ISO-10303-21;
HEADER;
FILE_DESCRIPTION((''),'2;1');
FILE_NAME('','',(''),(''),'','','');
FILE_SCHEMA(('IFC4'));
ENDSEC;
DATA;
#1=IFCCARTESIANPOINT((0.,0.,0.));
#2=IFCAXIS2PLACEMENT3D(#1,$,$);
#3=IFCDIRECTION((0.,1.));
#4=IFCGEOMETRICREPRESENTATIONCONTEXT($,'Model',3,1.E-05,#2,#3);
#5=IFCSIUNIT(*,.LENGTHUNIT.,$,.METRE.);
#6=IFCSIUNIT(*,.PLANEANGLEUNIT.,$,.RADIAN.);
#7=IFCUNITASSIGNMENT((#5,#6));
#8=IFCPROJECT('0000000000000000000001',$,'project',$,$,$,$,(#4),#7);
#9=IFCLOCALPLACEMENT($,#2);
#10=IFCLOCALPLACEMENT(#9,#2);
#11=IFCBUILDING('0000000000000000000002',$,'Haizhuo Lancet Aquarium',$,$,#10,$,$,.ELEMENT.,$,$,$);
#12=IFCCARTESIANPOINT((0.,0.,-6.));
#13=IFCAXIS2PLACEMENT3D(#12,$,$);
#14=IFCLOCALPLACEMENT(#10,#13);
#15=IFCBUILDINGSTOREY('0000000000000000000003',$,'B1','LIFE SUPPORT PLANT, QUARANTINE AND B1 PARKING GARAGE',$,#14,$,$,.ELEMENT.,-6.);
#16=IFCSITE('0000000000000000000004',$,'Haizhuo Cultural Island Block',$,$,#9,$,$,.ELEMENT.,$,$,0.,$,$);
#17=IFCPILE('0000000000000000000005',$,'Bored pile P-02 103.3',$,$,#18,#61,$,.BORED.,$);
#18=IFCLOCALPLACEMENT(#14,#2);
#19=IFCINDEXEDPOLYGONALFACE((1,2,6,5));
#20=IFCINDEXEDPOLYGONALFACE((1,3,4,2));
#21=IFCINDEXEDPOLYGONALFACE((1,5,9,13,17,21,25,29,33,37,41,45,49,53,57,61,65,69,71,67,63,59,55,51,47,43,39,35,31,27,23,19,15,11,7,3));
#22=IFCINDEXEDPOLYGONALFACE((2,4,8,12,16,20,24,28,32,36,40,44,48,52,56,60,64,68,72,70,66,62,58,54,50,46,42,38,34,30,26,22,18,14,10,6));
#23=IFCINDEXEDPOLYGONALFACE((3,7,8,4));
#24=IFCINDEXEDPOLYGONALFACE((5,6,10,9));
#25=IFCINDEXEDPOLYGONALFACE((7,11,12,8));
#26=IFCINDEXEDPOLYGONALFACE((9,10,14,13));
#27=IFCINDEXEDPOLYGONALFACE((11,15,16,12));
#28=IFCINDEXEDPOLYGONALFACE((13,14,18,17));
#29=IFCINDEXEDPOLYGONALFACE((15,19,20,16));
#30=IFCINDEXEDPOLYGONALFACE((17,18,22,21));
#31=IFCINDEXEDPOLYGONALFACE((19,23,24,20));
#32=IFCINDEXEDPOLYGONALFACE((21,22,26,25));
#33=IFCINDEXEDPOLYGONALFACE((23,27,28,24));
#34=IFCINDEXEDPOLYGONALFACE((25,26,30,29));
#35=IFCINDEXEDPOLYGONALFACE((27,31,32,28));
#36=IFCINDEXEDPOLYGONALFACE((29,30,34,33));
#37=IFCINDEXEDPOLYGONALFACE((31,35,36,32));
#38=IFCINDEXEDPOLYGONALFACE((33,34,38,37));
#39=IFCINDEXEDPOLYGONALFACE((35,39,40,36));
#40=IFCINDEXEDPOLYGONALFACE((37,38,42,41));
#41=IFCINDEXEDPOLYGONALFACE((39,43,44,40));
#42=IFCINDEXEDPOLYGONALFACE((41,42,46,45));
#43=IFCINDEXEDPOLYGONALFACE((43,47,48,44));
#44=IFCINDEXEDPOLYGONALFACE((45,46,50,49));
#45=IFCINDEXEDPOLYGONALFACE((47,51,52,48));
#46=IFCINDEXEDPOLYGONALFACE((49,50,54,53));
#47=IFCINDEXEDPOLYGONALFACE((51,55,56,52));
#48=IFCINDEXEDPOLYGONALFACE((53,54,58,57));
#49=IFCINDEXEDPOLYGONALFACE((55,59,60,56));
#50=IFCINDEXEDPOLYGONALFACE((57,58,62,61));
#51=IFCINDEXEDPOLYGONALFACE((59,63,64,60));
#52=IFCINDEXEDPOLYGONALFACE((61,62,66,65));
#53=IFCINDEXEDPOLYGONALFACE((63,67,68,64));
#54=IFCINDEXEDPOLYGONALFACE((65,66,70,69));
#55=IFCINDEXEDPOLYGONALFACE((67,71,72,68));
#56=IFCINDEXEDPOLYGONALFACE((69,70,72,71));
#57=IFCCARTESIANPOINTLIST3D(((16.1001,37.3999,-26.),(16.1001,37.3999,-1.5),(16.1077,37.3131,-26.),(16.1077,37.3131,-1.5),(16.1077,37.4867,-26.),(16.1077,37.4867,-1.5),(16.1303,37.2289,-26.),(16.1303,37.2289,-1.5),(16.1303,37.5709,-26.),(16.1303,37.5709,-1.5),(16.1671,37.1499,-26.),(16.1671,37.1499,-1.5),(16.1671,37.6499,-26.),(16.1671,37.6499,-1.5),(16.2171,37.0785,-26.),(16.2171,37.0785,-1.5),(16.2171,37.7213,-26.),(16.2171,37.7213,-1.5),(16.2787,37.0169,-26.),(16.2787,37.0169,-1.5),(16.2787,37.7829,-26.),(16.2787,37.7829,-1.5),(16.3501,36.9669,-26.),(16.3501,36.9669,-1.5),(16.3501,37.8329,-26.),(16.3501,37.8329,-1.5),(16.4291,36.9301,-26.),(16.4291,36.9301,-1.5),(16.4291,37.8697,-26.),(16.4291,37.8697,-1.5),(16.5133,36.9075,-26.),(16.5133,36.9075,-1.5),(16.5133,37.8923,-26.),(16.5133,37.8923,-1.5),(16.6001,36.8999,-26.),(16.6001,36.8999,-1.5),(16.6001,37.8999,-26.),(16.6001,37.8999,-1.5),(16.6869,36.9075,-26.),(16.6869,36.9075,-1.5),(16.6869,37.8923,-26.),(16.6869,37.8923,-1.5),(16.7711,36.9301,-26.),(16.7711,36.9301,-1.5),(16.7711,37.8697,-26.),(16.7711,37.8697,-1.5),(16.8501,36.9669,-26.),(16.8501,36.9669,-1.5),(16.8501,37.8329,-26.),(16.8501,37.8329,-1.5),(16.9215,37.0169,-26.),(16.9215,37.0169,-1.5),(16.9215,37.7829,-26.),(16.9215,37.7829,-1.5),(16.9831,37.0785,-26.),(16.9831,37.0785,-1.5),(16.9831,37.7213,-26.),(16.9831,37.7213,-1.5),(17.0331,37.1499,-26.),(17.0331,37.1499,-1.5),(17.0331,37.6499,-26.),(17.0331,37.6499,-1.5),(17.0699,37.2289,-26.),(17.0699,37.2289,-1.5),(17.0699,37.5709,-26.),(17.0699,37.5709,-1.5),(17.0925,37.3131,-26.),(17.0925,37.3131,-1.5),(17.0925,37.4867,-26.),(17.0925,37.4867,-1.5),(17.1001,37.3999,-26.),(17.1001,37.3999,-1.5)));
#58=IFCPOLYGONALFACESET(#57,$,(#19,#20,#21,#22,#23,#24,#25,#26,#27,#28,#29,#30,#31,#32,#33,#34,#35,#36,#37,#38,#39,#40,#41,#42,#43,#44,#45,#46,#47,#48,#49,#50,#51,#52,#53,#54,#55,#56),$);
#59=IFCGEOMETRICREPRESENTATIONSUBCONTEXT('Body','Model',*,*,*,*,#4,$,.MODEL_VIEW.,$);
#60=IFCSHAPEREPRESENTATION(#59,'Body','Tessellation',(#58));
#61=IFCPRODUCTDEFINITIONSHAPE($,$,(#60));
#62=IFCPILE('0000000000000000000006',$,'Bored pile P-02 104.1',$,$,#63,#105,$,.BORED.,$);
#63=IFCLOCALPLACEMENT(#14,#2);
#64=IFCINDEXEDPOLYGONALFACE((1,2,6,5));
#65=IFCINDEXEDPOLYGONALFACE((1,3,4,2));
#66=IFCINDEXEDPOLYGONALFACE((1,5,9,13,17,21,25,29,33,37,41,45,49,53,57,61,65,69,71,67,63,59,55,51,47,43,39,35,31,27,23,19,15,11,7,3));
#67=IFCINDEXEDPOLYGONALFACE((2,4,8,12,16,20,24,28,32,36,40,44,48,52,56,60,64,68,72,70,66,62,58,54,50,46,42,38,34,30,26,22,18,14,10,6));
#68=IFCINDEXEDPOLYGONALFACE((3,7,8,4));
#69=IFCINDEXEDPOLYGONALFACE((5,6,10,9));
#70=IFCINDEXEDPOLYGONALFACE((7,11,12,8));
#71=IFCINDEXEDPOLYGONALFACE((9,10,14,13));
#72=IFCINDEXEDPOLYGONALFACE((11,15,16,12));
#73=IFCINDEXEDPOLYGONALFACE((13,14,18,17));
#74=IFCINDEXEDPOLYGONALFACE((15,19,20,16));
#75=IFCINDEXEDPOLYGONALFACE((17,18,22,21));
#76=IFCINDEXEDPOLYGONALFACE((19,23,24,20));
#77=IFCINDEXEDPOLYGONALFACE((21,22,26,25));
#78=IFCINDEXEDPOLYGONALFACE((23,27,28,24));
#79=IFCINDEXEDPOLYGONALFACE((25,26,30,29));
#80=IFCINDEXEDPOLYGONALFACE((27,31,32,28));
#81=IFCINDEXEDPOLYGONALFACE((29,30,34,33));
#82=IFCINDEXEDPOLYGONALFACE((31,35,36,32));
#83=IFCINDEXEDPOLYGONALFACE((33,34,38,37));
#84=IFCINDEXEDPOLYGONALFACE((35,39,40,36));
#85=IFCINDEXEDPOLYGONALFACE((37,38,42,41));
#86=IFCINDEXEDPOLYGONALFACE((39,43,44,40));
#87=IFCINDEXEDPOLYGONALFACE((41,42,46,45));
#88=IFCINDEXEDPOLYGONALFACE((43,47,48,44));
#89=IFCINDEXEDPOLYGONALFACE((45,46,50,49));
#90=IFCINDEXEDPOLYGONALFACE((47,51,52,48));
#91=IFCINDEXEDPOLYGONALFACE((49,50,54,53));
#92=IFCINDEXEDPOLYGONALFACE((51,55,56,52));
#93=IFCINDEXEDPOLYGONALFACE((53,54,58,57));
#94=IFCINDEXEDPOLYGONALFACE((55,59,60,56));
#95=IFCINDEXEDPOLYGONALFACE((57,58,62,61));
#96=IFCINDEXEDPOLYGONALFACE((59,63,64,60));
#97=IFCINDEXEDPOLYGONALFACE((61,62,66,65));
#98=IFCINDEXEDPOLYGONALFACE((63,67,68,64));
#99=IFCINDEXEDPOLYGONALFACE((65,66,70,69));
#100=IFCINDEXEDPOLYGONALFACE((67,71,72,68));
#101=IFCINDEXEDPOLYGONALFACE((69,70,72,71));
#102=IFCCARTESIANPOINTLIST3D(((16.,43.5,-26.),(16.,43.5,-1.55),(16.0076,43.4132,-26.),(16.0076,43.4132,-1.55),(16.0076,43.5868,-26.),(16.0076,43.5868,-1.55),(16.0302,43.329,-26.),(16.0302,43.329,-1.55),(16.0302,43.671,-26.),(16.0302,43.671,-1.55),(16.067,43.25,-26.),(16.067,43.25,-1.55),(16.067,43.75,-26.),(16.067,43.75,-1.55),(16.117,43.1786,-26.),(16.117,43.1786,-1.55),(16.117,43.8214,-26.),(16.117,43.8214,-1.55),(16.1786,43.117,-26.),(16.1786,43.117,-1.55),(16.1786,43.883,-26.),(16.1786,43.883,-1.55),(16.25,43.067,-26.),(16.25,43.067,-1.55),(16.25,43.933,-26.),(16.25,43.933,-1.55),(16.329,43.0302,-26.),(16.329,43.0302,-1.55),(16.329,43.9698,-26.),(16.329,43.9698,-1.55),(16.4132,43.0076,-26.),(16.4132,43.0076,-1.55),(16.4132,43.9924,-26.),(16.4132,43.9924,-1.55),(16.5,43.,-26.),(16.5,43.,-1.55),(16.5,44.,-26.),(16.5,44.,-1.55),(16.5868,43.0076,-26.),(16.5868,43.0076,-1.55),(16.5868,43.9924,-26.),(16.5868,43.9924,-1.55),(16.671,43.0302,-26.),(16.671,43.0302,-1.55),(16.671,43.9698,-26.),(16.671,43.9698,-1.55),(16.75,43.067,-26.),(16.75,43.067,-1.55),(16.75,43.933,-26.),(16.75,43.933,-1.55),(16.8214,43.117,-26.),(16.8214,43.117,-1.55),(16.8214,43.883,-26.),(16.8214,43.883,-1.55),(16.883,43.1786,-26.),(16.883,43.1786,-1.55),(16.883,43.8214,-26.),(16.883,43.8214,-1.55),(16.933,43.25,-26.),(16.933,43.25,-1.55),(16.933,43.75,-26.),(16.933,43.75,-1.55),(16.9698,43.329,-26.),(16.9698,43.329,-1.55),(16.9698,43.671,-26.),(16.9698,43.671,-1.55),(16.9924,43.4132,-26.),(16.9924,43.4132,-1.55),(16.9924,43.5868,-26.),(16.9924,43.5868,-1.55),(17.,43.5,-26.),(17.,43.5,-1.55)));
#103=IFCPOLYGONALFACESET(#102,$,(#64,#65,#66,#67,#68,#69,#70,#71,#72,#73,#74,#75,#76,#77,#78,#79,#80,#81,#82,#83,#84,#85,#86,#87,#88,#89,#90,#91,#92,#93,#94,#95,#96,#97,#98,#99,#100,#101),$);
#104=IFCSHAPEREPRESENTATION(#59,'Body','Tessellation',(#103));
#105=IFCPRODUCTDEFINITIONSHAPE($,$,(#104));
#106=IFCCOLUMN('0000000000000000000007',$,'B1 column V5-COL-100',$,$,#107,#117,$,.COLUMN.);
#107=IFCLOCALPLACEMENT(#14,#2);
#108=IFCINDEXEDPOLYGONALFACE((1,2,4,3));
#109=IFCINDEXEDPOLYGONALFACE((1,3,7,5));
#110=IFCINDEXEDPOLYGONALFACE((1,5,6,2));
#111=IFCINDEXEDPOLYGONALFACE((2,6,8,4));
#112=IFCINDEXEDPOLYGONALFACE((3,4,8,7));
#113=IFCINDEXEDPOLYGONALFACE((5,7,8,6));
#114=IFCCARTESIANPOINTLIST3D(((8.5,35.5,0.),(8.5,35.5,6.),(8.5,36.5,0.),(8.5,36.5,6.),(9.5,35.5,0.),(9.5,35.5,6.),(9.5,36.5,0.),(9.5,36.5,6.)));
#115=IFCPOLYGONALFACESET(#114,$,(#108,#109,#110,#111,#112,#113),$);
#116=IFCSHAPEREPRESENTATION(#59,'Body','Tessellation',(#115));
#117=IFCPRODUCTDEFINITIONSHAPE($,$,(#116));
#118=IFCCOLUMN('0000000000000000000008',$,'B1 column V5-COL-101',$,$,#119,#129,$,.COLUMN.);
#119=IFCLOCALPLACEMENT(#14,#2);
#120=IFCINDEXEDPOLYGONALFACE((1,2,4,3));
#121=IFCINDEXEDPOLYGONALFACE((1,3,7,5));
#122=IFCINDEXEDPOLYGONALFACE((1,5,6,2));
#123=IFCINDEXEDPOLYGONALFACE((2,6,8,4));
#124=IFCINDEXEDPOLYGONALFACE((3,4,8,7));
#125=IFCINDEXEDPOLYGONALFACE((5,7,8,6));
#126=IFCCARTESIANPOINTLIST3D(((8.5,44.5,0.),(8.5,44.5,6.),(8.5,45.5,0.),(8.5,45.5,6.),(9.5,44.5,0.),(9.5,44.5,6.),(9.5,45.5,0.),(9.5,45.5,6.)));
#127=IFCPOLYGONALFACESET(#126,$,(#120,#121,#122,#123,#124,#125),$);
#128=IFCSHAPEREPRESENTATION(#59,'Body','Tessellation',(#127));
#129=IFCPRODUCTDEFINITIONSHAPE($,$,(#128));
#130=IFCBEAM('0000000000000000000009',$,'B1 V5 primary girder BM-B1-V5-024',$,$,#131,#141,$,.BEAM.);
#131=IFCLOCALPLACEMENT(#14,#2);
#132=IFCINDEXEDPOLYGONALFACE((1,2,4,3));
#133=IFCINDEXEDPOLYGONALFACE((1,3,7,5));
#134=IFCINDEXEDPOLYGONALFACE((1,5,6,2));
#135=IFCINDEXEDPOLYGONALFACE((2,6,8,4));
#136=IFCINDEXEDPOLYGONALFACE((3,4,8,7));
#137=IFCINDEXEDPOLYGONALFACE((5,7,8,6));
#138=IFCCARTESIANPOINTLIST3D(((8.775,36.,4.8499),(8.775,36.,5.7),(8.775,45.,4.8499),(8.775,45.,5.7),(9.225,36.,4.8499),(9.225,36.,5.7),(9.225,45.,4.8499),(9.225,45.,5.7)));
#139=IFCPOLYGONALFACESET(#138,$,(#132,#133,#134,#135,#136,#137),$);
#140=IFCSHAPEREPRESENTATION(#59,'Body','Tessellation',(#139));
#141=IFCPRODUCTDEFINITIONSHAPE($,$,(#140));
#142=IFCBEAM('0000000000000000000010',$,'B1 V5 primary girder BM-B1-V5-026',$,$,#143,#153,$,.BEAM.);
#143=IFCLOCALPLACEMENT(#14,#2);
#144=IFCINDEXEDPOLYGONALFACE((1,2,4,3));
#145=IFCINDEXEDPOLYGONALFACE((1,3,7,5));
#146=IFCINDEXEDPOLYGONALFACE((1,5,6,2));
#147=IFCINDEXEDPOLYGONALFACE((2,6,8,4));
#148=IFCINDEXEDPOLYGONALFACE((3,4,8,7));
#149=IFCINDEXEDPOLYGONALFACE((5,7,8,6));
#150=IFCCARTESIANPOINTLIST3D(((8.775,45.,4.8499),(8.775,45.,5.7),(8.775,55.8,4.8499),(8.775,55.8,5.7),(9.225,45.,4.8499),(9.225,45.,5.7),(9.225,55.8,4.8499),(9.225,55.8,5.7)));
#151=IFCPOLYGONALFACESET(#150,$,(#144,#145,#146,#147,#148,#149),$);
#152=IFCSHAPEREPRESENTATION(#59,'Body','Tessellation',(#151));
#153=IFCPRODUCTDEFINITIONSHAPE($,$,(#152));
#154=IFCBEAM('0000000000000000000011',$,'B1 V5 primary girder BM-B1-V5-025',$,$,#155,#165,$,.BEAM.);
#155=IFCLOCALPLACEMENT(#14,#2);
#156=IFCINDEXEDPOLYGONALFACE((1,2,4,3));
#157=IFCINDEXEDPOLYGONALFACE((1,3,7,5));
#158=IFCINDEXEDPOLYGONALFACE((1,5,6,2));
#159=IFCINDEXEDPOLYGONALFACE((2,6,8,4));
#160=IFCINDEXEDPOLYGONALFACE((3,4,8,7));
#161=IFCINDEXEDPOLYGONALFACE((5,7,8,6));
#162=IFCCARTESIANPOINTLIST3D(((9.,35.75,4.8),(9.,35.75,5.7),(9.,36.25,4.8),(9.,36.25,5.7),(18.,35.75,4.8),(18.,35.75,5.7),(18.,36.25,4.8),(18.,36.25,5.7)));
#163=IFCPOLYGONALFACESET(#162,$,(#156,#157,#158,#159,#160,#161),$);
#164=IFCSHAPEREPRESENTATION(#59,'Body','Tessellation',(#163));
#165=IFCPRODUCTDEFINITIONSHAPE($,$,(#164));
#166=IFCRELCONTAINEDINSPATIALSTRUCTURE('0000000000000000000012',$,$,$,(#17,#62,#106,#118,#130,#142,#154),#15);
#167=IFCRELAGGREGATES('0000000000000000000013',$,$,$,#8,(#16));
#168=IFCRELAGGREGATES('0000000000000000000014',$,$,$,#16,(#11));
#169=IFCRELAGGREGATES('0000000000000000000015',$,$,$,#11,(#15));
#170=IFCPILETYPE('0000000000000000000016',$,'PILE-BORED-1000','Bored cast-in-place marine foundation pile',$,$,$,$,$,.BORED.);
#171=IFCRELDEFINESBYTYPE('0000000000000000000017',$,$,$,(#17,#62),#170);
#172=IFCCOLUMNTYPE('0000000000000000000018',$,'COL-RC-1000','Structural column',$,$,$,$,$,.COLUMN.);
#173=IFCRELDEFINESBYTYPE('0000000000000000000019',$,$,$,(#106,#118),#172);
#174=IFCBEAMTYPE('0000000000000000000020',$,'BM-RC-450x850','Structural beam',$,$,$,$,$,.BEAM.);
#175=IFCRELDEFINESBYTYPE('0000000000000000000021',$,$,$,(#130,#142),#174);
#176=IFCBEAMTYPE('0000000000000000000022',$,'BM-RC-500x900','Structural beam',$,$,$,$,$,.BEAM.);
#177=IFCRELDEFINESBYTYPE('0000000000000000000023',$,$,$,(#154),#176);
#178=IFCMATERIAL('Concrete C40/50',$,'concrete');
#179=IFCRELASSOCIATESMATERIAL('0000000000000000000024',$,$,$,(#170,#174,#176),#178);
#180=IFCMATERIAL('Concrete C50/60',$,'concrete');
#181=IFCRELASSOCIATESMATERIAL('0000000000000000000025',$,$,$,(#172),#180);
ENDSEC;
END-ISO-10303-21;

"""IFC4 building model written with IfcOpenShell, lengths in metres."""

from ifc_helpers import new_model, si_unit, direction, frame, origin, origin_2d, place, context, subcontext, project, spatial, rectangle, circle, extrude, material, material_profile, profile_set, type_object, element, save


model = new_model("IFC4")

# Units and contexts
model_context = context("Model", 3, precision=1e-05, world=origin(), true_north=direction((0.0, 1.0)))
body_context = subcontext(model_context, "Body", "Model", "MODEL_VIEW")
ifc_project = project(units=[si_unit("LENGTHUNIT", "METRE"), si_unit("PLANEANGLEUNIT", "RADIAN")], contexts=[model_context])

# Site, building, storey
site_placement = place(None, origin())
site = spatial("IfcSite", under=ifc_project, at=site_placement, Name="Haizhuo Cultural Island Block", CompositionType="ELEMENT", RefElevation=0.0)
building_placement = place(site_placement, origin())
building = spatial("IfcBuilding", under=site, at=building_placement, Name="Haizhuo Lancet Aquarium", CompositionType="ELEMENT")
storey_placement = place(building_placement, frame((0.0, 0.0, -6.0)))
storey = spatial("IfcBuildingStorey", under=building, at=storey_placement, Name="B1", Description="LIFE SUPPORT PLANT, QUARANTINE AND B1 PARKING GARAGE", CompositionType="ELEMENT", Elevation=-6.0)

# Shared definitions
ifc_material_1 = material(Name="Concrete C40/50", Category="concrete")

# Piles
ifc_material_profile_1 = material_profile(ifc_material_1, circle(Radius=0.5, at=origin_2d()), Name="PILE-1000")
ifc_profile_set_1 = profile_set([ifc_material_profile_1], Name="Concrete C40/50")
pile_type = type_object("IfcPileType", Name="PILE-BORED-1000", Description="Bored cast-in-place marine foundation pile", PredefinedType="BORED", material=ifc_profile_set_1)
for number, where, z_axis, x_axis, name in (
    (1, (16.6001, 37.3999, -1.5), (0.0, 0.0, -1.0), (1.0, 0.0, 0.0), "Bored pile P-02 103.3"),
):
    element("IfcPile", number, at=place(storey_placement, frame(where, z_axis=z_axis, x_axis=x_axis)), inside=storey, type_object=pile_type, Name=name, PredefinedType="BORED", context=body_context, shape_type="SweptSolid", body=[
        extrude(circle(Radius=0.5, at=origin_2d()), origin(), (0.0, 0.0, 1.0), 24.5),
    ])
pile_1_placement = place(storey_placement, frame((16.5, 43.5, -1.55), z_axis=(0.0, 0.0, -1.0), x_axis=(1.0, 0.0, 0.0)))
element("IfcPile", 2, at=pile_1_placement, inside=storey, type_object=pile_type, Name="Bored pile P-02 104.1", PredefinedType="BORED", context=body_context, shape_type="SweptSolid", body=[
    extrude(circle(Radius=0.5, at=origin_2d()), origin(), (0.0, 0.0, 1.0), 24.45),
])

# Columns
ifc_material_2 = material(Name="Concrete C50/60", Category="concrete")
ifc_material_profile_2 = material_profile(ifc_material_2, rectangle(XDim=1.0, YDim=1.0, at=origin_2d()), Name="RC-COL 1000x1000")
ifc_profile_set_2 = profile_set([ifc_material_profile_2], Name="Concrete C50/60")
column_type = type_object("IfcColumnType", Name="COL-RC-1000", Description="Structural column", PredefinedType="COLUMN", material=ifc_profile_set_2)
for number, where, z_axis, x_axis, name in (
    (3, (9.0, 36.0, 0.0), (0.0, 0.0, 1.0), (1.0, 0.0, 0.0), "B1 column V5-COL-100"),
    (4, (9.0, 45.0, 0.0), (0.0, 0.0, 1.0), (1.0, 0.0, 0.0), "B1 column V5-COL-101"),
):
    element("IfcColumn", number, at=place(storey_placement, frame(where, z_axis=z_axis, x_axis=x_axis)), inside=storey, type_object=column_type, Name=name, PredefinedType="COLUMN", context=body_context, shape_type="SweptSolid", body=[
        extrude(rectangle(XDim=1.0, YDim=1.0, at=origin_2d()), origin(), (0.0, 0.0, 1.0), 6.0),
    ])

# Beams
ifc_material_profile_3 = material_profile(ifc_material_1, rectangle(XDim=0.45, YDim=0.8501, at=origin_2d()), Name="RC-BM 450x850")
ifc_profile_set_3 = profile_set([ifc_material_profile_3], Name="Concrete C40/50")
beam_type_1 = type_object("IfcBeamType", Name="BM-RC-450x850", Description="Structural beam", PredefinedType="BEAM", material=ifc_profile_set_3)
beam_1_placement = place(storey_placement, frame((9.0, 36.0, 5.2749), z_axis=(0.0, 1.0, 0.0), x_axis=(-1.0, 0.0, 0.0)))
element("IfcBeam", 5, at=beam_1_placement, inside=storey, type_object=beam_type_1, Name="B1 V5 primary girder BM-B1-V5-024", PredefinedType="BEAM", context=body_context, shape_type="SweptSolid", body=[
    extrude(rectangle(XDim=0.45, YDim=0.8501, at=origin_2d()), origin(), (0.0, 0.0, 1.0), 9.0),
])
beam_2_placement = place(storey_placement, frame((9.0, 45.0, 5.2749), z_axis=(0.0, 1.0, 0.0), x_axis=(-1.0, 0.0, 0.0)))
element("IfcBeam", 6, at=beam_2_placement, inside=storey, type_object=beam_type_1, Name="B1 V5 primary girder BM-B1-V5-026", PredefinedType="BEAM", context=body_context, shape_type="SweptSolid", body=[
    extrude(rectangle(XDim=0.45, YDim=0.8501, at=origin_2d()), origin(), (0.0, 0.0, 1.0), 10.8),
])
ifc_material_profile_4 = material_profile(ifc_material_1, rectangle(XDim=0.5, YDim=0.8999, at=origin_2d()), Name="RC-BM 500x900")
ifc_profile_set_4 = profile_set([ifc_material_profile_4], Name="Concrete C40/50")
beam_type_2 = type_object("IfcBeamType", Name="BM-RC-500x900", Description="Structural beam", PredefinedType="BEAM", material=ifc_profile_set_4)
beam_3_placement = place(storey_placement, frame((9.0, 36.0, 5.25), z_axis=(1.0, 0.0, 0.0), x_axis=(0.0, 1.0, 0.0)))
element("IfcBeam", 7, at=beam_3_placement, inside=storey, type_object=beam_type_2, Name="B1 V5 primary girder BM-B1-V5-025", PredefinedType="BEAM", context=body_context, shape_type="SweptSolid", body=[
    extrude(rectangle(XDim=0.5, YDim=0.8999, at=origin_2d()), origin(), (0.0, 0.0, 1.0), 9.0),
])

save(model, "model.ifc")
